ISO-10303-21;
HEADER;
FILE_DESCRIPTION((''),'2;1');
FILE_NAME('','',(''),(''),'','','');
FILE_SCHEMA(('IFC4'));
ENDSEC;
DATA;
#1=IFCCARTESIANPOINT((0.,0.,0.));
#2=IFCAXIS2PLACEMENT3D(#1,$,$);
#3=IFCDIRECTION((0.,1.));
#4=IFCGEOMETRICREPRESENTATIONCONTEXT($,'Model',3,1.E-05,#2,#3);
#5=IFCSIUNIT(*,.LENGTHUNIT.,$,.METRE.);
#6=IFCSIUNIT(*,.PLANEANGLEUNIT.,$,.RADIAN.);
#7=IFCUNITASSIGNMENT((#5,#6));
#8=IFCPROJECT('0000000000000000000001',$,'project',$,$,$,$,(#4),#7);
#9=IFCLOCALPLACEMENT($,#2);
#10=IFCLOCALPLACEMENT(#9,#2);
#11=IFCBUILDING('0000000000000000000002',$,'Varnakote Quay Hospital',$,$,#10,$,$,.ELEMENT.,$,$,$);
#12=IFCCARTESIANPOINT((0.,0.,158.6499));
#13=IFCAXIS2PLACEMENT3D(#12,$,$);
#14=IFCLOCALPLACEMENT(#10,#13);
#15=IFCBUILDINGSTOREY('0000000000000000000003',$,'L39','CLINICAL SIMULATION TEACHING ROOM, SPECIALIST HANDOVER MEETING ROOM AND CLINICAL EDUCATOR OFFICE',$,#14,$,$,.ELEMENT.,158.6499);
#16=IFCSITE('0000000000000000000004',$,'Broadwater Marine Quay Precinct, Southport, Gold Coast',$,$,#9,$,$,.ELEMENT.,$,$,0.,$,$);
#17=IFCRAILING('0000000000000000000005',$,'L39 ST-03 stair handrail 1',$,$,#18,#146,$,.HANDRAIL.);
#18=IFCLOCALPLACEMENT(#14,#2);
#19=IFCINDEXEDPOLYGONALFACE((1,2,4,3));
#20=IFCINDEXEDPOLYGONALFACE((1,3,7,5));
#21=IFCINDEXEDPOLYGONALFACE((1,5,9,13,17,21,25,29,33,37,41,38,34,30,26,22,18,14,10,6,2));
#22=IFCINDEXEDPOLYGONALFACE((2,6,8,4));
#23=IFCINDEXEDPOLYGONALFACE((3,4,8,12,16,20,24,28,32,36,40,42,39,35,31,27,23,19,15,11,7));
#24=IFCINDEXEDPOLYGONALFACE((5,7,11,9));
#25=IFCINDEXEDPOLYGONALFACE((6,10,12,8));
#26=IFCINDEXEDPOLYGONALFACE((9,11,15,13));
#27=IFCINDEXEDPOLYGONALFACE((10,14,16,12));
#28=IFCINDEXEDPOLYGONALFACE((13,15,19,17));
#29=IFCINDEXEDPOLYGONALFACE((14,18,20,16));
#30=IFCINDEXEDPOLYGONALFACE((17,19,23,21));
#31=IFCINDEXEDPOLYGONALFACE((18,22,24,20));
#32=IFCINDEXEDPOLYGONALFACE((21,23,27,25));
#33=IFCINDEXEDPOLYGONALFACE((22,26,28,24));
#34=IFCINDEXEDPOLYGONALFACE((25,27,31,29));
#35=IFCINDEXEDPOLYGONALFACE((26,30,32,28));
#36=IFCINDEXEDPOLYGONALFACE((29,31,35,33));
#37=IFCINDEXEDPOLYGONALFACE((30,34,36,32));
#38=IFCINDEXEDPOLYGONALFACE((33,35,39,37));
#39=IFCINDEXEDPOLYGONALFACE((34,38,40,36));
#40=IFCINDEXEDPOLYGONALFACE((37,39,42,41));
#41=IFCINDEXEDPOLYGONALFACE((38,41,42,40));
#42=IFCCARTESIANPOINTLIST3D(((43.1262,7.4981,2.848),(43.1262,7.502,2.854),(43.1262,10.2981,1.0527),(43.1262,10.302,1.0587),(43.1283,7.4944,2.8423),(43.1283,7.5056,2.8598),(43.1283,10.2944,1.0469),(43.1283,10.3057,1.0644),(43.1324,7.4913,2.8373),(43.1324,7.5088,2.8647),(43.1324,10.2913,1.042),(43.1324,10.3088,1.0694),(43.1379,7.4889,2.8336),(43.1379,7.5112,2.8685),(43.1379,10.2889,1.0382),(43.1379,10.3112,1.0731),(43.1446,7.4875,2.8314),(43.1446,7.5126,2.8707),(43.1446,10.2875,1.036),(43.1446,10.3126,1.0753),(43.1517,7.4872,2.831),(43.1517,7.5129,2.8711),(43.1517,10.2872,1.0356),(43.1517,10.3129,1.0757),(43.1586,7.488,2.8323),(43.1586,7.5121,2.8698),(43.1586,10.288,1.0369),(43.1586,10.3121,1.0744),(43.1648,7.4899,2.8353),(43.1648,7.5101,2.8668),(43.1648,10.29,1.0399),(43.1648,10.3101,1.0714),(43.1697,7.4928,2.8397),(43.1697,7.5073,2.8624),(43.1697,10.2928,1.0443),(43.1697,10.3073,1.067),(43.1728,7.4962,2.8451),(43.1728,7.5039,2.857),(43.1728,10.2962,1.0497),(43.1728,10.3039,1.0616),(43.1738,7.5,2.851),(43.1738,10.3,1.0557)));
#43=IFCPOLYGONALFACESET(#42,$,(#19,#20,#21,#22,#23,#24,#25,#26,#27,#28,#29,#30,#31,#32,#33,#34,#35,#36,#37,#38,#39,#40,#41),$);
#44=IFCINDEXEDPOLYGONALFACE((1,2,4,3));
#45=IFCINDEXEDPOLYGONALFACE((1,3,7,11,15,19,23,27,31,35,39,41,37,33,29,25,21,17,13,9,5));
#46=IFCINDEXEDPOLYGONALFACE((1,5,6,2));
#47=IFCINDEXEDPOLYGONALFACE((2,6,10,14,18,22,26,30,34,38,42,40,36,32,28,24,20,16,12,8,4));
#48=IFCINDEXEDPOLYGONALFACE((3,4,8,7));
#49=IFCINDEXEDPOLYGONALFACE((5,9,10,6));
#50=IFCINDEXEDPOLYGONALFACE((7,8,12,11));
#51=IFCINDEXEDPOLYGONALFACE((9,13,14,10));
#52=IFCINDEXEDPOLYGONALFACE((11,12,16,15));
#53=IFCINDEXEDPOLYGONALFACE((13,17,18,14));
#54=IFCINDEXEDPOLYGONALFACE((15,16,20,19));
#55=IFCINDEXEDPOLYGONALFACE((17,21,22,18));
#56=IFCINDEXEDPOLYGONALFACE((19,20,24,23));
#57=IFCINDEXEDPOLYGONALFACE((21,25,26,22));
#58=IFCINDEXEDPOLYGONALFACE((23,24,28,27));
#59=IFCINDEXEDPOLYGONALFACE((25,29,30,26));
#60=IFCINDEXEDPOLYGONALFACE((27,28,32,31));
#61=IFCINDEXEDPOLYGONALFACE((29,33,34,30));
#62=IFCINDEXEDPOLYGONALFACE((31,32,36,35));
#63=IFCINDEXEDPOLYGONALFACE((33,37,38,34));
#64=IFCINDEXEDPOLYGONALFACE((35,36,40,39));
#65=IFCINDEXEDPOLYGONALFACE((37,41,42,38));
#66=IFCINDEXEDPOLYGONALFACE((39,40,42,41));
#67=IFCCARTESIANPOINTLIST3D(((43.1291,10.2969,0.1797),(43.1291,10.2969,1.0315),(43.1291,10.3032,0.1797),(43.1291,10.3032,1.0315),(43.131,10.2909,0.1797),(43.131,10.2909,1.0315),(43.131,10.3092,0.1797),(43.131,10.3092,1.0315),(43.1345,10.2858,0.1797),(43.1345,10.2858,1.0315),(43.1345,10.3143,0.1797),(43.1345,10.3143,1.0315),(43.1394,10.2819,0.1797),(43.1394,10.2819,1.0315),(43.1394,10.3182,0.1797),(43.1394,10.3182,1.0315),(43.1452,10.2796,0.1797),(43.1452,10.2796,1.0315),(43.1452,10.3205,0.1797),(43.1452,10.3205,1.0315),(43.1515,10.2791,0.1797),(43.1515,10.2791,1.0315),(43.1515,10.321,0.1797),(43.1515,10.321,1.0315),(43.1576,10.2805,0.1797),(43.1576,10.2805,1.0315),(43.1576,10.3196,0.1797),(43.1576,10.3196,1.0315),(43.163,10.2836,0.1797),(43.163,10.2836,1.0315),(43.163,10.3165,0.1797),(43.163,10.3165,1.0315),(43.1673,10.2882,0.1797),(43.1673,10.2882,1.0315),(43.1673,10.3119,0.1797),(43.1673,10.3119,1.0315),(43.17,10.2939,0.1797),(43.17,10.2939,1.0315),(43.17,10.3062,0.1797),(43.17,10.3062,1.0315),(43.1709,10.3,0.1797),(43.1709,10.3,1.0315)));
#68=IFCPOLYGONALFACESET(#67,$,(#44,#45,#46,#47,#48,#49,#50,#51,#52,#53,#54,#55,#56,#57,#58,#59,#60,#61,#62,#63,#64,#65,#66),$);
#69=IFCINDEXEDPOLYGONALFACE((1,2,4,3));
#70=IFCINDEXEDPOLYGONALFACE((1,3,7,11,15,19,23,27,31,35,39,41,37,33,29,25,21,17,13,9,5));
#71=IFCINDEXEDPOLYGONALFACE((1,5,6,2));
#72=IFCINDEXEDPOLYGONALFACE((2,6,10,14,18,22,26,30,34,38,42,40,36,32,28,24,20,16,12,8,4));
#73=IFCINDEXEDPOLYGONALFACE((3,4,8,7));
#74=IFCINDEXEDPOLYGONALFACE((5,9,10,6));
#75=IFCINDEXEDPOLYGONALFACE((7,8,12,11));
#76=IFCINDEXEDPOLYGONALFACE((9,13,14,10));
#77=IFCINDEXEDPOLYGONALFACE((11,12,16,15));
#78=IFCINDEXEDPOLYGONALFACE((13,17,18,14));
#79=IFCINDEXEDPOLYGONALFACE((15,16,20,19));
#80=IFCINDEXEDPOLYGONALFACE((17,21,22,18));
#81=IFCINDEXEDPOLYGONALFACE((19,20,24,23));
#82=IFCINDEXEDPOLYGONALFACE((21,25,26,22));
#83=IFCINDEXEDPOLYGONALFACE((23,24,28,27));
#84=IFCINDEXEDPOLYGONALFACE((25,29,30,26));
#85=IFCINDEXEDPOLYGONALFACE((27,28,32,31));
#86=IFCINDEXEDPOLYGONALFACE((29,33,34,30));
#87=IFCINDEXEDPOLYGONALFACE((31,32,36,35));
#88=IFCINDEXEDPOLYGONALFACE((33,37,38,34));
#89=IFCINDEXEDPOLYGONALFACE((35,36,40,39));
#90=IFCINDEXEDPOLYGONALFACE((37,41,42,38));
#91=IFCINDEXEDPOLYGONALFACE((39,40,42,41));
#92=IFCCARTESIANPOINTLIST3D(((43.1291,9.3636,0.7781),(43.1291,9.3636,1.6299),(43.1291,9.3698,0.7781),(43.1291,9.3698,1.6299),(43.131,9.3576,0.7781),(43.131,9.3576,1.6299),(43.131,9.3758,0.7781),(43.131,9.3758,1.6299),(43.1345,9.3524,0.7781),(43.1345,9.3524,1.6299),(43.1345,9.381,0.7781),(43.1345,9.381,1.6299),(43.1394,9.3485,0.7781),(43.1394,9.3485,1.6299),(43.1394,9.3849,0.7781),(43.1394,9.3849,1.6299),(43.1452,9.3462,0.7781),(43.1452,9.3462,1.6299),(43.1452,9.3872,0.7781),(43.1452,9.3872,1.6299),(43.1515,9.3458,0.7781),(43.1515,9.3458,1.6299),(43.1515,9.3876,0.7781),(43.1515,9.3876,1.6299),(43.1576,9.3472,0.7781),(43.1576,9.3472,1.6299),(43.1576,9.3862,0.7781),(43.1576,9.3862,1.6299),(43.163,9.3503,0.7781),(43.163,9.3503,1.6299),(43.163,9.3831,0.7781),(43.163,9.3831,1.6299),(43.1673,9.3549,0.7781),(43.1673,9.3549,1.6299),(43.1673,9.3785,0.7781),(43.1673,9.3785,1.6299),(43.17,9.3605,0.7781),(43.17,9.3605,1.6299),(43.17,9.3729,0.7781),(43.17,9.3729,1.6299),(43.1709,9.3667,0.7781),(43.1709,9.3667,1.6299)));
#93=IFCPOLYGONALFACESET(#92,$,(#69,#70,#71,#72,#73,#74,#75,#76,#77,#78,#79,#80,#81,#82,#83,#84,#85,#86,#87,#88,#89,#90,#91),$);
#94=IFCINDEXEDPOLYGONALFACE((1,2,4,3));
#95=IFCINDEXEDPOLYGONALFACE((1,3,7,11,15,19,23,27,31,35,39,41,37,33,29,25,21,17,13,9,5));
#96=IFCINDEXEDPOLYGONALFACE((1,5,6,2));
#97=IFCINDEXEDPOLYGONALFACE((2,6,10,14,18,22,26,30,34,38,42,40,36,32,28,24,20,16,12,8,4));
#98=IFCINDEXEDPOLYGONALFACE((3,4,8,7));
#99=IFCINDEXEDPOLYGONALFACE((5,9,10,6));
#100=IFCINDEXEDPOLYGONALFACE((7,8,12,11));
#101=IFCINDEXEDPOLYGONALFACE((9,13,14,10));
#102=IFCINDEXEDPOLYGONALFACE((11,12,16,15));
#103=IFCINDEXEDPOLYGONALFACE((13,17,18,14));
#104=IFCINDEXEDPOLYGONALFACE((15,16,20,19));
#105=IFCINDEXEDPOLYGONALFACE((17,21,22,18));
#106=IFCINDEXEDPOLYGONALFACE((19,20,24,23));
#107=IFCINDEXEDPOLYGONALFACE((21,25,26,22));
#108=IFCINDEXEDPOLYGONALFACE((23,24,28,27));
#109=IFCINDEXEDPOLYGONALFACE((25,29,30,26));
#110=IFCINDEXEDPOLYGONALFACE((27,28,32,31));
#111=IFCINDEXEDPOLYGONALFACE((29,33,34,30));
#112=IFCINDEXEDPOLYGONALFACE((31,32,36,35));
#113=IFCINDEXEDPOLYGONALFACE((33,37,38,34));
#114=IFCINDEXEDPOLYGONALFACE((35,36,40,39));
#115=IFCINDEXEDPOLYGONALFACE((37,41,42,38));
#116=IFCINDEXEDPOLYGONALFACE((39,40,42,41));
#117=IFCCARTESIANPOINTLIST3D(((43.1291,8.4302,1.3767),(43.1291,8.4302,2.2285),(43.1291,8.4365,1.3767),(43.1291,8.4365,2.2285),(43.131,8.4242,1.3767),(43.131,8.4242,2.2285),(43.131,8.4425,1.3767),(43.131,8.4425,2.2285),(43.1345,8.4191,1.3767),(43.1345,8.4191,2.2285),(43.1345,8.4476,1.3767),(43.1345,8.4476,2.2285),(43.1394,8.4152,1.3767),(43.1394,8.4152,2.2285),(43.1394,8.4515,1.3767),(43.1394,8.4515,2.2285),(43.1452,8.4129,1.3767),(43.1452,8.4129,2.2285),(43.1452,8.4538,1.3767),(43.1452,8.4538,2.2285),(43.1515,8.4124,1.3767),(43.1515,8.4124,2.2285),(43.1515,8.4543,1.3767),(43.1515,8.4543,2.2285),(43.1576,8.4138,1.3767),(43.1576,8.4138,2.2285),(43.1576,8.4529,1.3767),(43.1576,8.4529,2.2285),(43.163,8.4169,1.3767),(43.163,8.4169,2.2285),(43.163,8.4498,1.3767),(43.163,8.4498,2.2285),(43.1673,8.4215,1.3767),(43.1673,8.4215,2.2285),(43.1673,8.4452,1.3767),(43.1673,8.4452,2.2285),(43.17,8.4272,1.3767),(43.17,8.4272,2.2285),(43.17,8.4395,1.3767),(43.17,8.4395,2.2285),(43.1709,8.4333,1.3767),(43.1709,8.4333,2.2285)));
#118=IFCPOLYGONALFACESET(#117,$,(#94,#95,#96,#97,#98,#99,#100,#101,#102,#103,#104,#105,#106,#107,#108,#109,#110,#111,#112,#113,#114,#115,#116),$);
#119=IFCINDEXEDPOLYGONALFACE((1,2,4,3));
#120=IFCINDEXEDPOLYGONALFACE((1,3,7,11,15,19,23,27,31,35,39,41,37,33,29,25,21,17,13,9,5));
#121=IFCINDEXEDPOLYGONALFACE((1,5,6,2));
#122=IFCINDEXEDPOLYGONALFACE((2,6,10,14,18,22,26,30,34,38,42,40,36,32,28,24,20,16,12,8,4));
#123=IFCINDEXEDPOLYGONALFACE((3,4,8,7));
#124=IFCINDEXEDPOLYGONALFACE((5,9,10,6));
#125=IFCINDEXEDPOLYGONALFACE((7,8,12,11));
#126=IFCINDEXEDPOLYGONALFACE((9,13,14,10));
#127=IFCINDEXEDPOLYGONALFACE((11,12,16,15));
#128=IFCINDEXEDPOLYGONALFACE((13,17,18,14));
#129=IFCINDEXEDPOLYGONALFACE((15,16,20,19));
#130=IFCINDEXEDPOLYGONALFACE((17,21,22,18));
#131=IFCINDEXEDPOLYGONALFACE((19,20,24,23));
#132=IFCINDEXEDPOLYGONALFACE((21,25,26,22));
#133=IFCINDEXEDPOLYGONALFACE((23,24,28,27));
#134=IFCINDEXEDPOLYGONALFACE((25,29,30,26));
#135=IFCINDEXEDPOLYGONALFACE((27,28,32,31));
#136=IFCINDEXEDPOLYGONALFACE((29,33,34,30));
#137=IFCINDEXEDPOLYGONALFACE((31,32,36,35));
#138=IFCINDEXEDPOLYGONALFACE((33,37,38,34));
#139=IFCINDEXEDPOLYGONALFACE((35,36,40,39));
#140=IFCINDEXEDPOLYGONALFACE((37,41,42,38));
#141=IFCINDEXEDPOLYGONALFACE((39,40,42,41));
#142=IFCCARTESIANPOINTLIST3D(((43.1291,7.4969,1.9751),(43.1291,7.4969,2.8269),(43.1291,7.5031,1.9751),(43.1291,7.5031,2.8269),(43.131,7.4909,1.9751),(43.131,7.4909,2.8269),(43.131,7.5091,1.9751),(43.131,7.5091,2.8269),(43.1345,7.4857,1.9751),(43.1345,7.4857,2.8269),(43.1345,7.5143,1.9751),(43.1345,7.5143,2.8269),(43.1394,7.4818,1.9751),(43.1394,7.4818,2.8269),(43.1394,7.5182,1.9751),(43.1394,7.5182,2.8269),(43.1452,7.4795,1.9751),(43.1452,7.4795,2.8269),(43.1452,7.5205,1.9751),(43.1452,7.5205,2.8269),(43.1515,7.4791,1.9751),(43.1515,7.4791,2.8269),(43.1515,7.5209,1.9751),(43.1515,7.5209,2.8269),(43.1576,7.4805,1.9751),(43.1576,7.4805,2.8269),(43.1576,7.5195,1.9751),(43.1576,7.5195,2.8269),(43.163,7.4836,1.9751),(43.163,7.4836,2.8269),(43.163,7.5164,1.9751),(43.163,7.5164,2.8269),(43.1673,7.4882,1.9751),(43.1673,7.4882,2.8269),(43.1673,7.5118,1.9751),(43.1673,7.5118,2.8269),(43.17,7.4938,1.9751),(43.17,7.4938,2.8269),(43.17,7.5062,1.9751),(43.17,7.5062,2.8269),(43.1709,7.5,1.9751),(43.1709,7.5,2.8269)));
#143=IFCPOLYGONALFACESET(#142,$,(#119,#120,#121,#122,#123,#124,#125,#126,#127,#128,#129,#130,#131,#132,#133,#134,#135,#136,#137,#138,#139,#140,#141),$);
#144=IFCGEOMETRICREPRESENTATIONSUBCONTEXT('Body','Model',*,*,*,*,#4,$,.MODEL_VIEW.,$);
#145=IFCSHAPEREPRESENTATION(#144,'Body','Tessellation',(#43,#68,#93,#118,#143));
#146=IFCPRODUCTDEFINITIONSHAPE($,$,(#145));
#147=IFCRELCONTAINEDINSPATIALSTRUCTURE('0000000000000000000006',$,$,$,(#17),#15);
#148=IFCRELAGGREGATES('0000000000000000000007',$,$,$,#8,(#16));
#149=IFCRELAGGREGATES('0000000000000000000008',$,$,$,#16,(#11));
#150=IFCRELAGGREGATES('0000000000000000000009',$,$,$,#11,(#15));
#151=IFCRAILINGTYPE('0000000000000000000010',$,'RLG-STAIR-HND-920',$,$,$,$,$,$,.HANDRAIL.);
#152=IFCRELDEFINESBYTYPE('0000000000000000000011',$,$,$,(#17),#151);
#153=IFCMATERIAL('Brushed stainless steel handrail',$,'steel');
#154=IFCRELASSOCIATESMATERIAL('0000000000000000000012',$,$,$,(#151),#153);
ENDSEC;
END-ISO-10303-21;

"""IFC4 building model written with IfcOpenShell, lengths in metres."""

from ifc_helpers import new_model, si_unit, direction, frame, origin, origin_2d, place, context, subcontext, project, spatial, circle, extrude, material, type_object, element, save


model = new_model("IFC4")

# Units and contexts
model_context = context("Model", 3, precision=1e-05, world=origin(), true_north=direction((0.0, 1.0)))
body_context = subcontext(model_context, "Body", "Model", "MODEL_VIEW")
ifc_project = project(units=[si_unit("LENGTHUNIT", "METRE"), si_unit("PLANEANGLEUNIT", "RADIAN")], contexts=[model_context])

# Site, building, storey
site_placement = place(None, origin())
site = spatial("IfcSite", under=ifc_project, at=site_placement, Name="Broadwater Marine Quay Precinct, Southport, Gold Coast", CompositionType="ELEMENT", RefElevation=0.0)
building_placement = place(site_placement, origin())
building = spatial("IfcBuilding", under=site, at=building_placement, Name="Varnakote Quay Hospital", CompositionType="ELEMENT")
storey_placement = place(building_placement, frame((0.0, 0.0, 158.6499)))
storey = spatial("IfcBuildingStorey", under=building, at=storey_placement, Name="L39", Description="CLINICAL SIMULATION TEACHING ROOM, SPECIALIST HANDOVER MEETING ROOM AND CLINICAL EDUCATOR OFFICE", CompositionType="ELEMENT", Elevation=158.6499)

# Railing
ifc_material_1 = material(Name="Brushed stainless steel handrail", Category="steel")
railing_type_1 = type_object("IfcRailingType", Name="RLG-STAIR-HND-920", PredefinedType="HANDRAIL", material=ifc_material_1)
railing_1_placement = place(storey_placement, frame((43.1499, 10.3, 0.1797)))
element("IfcRailing", 1, at=railing_1_placement, inside=storey, type_object=railing_type_1, Name="L39 ST-03 stair handrail 1", PredefinedType="HANDRAIL", context=body_context, shape_type="SweptSolid", body=[
    extrude(circle(Radius=0.0239, at=origin_2d()), frame((0.0, 0.0, 0.876), z_axis=(0.0, -0.84181, 0.539774), x_axis=(1.0, 0.0, 0.0)), (0.0, 0.0, 1.0), 3.3262),
    extrude(circle(Radius=0.021, at=origin_2d()), origin(), (0.0, 0.0, 1.0), 0.8518),
    extrude(circle(Radius=0.021, at=origin_2d()), frame((0.0, -0.9333, 0.5984)), (0.0, 0.0, 1.0), 0.8518),
    extrude(circle(Radius=0.021, at=origin_2d()), frame((0.0, -1.8667, 1.197)), (0.0, 0.0, 1.0), 0.8518),
    extrude(circle(Radius=0.021, at=origin_2d()), frame((0.0, -2.8, 1.7954)), (0.0, 0.0, 1.0), 0.8518),
])

save(model, "model.ifc")
